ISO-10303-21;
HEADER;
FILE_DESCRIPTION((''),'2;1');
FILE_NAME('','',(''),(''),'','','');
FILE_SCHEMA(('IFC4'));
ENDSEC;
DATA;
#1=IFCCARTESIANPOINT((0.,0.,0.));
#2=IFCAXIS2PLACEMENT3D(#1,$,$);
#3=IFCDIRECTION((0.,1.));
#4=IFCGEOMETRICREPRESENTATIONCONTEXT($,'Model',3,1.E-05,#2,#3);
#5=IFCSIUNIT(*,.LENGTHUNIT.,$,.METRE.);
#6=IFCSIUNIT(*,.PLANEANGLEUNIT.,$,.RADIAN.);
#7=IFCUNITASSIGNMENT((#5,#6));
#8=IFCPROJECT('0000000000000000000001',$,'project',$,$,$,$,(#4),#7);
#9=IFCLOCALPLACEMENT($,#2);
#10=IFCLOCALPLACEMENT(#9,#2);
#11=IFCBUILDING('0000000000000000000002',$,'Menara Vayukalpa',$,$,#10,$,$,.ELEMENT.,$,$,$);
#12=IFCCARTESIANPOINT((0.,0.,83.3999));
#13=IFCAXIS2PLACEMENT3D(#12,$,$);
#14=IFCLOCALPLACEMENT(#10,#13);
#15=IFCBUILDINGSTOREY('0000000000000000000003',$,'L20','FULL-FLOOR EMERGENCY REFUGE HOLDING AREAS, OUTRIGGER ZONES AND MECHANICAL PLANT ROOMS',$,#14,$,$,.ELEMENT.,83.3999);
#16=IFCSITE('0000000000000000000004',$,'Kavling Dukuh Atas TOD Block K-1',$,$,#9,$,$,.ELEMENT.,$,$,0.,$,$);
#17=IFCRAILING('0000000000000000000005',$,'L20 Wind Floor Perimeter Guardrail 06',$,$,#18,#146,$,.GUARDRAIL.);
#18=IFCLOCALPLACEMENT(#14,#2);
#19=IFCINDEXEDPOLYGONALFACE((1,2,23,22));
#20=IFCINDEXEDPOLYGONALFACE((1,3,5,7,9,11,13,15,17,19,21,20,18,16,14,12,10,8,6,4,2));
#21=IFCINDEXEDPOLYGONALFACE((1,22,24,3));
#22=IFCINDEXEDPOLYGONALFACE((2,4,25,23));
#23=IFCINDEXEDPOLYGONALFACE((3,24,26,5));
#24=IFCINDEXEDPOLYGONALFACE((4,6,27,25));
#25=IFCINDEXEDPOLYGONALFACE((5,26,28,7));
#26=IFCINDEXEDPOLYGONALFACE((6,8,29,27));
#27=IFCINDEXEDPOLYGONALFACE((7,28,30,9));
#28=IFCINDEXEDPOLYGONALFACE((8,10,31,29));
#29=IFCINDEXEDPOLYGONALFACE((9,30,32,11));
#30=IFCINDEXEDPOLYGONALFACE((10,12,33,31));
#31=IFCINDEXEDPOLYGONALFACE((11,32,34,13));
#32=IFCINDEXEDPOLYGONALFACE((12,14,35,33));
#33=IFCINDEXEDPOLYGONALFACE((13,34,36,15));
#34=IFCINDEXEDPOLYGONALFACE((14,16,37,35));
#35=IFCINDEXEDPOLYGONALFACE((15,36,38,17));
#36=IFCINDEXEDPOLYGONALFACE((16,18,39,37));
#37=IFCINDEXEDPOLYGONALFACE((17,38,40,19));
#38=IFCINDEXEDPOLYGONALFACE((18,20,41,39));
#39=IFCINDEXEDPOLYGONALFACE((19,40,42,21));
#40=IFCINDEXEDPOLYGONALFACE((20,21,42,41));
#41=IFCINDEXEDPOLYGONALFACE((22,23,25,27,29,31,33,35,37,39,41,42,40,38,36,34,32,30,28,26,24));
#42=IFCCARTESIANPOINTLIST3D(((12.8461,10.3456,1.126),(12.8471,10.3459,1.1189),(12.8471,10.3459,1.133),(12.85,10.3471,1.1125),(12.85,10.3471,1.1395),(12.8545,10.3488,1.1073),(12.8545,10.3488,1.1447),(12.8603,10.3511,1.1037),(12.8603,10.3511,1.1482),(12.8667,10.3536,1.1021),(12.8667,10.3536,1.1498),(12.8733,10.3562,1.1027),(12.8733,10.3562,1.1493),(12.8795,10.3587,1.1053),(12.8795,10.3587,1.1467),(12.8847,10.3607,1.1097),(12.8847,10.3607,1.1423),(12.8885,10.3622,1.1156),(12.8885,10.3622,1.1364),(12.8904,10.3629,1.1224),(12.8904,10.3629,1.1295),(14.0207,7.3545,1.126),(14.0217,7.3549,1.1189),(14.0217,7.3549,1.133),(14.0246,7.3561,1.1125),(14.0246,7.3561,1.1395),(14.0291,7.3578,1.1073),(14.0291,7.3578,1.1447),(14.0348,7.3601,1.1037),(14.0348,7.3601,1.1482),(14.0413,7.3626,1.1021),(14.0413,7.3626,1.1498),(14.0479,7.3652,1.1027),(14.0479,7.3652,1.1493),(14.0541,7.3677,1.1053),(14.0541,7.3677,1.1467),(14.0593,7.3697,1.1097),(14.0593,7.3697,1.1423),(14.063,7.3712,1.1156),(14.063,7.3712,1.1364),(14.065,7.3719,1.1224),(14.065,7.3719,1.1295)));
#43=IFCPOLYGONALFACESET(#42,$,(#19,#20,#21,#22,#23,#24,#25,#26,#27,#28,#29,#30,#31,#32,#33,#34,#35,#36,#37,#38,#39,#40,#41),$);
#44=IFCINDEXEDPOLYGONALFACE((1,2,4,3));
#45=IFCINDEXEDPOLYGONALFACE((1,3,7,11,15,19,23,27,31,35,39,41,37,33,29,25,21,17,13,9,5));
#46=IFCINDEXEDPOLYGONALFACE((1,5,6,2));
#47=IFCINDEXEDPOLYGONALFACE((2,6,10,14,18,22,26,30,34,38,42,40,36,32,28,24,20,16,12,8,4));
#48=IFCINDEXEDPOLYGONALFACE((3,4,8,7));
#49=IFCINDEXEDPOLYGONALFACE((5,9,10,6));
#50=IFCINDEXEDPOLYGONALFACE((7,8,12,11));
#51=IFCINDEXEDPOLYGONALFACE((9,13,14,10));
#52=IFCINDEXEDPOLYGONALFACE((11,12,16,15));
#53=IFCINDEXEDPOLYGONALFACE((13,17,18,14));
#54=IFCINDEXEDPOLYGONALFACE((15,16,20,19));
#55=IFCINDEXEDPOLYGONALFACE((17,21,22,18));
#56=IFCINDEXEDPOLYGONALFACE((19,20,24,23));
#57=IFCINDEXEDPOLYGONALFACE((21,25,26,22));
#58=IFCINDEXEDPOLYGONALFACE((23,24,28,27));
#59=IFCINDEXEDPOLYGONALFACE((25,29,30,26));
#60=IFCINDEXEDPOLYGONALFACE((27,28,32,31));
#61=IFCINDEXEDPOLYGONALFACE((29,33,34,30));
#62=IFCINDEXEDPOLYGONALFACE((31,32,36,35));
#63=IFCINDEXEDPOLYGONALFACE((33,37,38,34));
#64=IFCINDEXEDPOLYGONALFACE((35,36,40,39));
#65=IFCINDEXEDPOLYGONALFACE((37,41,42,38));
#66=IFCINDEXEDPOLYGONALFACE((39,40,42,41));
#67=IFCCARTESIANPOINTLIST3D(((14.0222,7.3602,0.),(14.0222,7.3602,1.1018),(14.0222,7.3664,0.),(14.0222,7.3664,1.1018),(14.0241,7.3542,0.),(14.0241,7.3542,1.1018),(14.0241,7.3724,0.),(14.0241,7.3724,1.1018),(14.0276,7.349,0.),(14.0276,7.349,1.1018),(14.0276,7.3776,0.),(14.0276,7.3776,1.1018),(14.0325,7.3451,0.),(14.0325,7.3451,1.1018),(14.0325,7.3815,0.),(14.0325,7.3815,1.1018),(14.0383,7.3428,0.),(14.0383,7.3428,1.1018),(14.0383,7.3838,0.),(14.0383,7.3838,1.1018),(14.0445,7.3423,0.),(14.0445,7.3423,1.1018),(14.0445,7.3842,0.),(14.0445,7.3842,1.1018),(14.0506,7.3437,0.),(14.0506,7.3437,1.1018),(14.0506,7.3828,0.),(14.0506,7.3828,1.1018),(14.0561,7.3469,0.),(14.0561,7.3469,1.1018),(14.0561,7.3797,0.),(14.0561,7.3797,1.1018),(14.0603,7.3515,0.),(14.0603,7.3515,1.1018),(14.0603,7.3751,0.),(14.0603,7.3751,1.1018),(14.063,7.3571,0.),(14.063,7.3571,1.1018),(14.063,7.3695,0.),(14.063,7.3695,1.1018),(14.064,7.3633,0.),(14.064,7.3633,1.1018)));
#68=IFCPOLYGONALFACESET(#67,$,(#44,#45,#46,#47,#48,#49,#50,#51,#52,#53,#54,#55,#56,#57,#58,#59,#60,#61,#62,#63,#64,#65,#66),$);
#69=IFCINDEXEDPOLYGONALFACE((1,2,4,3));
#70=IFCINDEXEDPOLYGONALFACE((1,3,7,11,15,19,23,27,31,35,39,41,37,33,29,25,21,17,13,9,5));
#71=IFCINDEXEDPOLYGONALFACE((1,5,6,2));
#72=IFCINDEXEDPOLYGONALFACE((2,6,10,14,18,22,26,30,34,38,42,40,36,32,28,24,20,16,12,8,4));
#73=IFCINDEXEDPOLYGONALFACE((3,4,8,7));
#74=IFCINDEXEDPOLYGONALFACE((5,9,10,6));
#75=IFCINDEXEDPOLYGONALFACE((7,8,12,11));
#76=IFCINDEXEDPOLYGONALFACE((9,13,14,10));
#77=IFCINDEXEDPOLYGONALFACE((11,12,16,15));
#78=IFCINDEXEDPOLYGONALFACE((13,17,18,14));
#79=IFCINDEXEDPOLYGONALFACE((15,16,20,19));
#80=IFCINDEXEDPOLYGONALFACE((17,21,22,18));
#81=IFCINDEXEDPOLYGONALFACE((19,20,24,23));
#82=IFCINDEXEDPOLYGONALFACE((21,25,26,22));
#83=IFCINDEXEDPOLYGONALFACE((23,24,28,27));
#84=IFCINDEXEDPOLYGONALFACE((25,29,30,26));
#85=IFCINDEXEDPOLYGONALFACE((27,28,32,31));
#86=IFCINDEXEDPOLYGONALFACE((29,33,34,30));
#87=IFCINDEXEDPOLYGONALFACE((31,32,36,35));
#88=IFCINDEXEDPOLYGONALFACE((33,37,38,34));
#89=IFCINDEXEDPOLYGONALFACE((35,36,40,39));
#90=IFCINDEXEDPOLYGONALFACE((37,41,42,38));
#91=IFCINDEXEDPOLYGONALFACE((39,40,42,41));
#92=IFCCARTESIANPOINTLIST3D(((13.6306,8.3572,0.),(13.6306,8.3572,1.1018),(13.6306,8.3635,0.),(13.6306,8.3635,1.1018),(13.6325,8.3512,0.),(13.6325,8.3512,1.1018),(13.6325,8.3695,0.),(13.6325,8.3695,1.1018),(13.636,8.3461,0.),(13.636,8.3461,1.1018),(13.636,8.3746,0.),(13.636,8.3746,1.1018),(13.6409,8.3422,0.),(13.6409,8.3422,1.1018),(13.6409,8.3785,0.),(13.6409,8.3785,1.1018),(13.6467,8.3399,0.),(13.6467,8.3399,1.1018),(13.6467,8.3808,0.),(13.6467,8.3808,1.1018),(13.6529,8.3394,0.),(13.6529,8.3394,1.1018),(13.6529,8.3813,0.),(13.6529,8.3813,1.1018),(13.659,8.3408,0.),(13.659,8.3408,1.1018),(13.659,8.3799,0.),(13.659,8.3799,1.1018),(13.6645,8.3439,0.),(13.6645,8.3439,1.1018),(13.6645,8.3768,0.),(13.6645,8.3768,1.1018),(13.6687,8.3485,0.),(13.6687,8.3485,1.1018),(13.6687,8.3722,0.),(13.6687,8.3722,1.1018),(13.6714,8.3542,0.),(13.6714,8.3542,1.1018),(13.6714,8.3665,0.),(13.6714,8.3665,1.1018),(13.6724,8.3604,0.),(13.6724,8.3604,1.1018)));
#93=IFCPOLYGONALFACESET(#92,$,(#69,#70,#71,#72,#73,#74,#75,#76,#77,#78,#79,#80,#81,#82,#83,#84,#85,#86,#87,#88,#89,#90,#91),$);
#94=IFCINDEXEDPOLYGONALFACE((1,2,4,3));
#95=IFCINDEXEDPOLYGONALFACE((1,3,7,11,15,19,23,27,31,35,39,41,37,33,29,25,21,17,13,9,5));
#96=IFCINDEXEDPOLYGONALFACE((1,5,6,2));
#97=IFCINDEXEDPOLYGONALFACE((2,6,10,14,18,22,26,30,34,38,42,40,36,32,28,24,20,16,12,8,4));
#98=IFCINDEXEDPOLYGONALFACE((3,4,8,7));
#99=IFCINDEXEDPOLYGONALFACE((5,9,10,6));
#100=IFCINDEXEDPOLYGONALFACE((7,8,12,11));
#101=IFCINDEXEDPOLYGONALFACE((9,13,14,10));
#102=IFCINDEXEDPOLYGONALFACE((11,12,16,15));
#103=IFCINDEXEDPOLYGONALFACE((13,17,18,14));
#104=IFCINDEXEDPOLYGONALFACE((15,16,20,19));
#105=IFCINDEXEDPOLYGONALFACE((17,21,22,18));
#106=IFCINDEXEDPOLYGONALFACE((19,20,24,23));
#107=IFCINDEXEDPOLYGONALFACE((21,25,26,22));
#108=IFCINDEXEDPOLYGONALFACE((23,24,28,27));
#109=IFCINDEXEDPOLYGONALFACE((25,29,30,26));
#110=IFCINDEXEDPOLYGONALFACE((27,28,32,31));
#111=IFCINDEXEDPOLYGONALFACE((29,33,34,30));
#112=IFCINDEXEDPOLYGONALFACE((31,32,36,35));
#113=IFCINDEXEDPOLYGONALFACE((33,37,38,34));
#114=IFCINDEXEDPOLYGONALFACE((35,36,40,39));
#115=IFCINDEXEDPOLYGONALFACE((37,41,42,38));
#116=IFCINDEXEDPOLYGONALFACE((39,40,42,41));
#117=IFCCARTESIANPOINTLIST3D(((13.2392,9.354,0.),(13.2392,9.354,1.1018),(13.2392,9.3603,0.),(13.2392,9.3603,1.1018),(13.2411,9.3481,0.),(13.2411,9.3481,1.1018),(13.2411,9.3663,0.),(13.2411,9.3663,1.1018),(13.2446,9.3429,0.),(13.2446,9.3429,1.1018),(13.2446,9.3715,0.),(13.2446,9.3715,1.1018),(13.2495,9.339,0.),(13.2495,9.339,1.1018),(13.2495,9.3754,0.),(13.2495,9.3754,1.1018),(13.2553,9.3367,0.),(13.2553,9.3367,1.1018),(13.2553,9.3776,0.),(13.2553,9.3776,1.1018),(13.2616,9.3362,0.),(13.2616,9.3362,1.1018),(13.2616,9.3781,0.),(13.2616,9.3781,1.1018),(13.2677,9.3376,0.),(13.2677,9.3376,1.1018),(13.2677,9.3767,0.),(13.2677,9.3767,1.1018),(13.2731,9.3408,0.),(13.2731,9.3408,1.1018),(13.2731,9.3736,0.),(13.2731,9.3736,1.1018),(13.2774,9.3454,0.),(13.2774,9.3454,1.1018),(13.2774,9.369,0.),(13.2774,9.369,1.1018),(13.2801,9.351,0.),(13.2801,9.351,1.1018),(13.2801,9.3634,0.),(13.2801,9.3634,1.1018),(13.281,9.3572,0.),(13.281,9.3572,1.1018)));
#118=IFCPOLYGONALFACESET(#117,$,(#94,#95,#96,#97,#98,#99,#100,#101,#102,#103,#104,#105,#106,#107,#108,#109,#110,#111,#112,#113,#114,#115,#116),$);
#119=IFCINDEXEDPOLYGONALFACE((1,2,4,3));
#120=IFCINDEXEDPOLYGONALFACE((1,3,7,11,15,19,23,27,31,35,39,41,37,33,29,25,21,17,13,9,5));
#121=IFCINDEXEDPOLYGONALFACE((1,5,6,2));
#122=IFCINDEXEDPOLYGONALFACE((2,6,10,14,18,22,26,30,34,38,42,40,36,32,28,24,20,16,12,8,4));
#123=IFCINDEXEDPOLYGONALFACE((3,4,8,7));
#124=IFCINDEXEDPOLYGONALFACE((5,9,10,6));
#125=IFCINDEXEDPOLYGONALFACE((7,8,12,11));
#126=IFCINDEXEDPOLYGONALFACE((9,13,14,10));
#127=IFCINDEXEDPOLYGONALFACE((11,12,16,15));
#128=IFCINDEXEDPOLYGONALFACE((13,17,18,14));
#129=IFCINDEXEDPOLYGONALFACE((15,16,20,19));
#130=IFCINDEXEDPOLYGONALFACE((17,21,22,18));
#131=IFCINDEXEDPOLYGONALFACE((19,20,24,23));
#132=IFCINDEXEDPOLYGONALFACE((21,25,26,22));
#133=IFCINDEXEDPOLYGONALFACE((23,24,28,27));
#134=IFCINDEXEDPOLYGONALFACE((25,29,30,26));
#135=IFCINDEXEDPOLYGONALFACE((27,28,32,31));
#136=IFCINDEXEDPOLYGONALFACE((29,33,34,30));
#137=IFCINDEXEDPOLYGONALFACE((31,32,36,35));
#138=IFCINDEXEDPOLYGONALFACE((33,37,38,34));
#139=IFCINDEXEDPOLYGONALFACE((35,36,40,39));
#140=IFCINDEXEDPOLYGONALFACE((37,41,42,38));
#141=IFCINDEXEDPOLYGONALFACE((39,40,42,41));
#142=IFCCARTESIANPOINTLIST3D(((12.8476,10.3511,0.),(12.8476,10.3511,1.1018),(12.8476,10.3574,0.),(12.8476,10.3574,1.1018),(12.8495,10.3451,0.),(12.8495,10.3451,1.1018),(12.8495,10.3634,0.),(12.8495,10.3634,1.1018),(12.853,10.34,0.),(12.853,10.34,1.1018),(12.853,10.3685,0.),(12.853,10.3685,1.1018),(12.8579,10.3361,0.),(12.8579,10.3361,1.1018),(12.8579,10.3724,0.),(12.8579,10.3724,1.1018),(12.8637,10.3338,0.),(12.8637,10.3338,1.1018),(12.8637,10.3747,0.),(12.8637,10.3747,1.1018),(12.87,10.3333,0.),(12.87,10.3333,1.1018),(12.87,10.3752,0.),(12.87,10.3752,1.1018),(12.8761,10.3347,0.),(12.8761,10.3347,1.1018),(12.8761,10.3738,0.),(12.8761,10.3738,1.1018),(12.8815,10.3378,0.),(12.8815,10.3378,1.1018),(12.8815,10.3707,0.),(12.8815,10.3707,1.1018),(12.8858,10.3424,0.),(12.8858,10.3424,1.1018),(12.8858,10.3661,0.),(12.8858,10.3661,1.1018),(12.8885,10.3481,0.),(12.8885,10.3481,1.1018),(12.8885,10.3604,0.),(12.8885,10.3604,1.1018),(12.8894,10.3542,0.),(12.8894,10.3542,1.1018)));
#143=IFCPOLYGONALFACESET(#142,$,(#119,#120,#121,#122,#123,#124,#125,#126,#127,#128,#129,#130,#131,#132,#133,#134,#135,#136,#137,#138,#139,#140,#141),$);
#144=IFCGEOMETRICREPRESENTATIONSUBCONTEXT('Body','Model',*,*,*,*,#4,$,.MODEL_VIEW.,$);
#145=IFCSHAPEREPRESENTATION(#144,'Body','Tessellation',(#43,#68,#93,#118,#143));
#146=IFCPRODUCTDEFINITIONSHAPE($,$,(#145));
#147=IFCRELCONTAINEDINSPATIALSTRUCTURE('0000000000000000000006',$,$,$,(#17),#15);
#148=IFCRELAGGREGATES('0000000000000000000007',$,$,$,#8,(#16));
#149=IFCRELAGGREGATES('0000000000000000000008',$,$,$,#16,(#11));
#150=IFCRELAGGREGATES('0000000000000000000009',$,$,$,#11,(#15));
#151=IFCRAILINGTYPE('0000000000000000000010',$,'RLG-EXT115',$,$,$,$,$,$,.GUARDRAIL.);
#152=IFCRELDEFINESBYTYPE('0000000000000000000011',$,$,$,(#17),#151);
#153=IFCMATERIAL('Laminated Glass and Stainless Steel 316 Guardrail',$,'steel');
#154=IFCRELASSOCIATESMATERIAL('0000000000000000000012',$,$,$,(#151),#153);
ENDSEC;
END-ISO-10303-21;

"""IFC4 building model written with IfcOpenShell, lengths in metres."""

from ifc_helpers import new_model, si_unit, direction, frame, origin, origin_2d, place, context, subcontext, project, spatial, circle, extrude, material, type_object, element, save


model = new_model("IFC4")

# Units and contexts
model_context = context("Model", 3, precision=1e-05, world=origin(), true_north=direction((0.0, 1.0)))
body_context = subcontext(model_context, "Body", "Model", "MODEL_VIEW")
ifc_project = project(units=[si_unit("LENGTHUNIT", "METRE"), si_unit("PLANEANGLEUNIT", "RADIAN")], contexts=[model_context])

# Site, building, storey
site_placement = place(None, origin())
site = spatial("IfcSite", under=ifc_project, at=site_placement, Name="Kavling Dukuh Atas TOD Block K-1", CompositionType="ELEMENT", RefElevation=0.0)
building_placement = place(site_placement, origin())
building = spatial("IfcBuilding", under=site, at=building_placement, Name="Menara Vayukalpa", CompositionType="ELEMENT")
storey_placement = place(building_placement, frame((0.0, 0.0, 83.3999)))
storey = spatial("IfcBuildingStorey", under=building, at=storey_placement, Name="L20", Description="FULL-FLOOR EMERGENCY REFUGE HOLDING AREAS, OUTRIGGER ZONES AND MECHANICAL PLANT ROOMS", CompositionType="ELEMENT", Elevation=83.3999)

# Railing
ifc_material_1 = material(Name="Laminated Glass and Stainless Steel 316 Guardrail", Category="steel")
railing_type = type_object("IfcRailingType", Name="RLG-EXT115", PredefinedType="GUARDRAIL", material=ifc_material_1)
railing_1_placement = place(storey_placement, frame((14.043, 7.3633, 0.0)))
element("IfcRailing", 1, at=railing_1_placement, inside=storey, type_object=railing_type, Name="L20 Wind Floor Perimeter Guardrail 06", PredefinedType="GUARDRAIL", context=body_context, shape_type="SweptSolid", body=[
    extrude(circle(Radius=0.0239, at=origin_2d()), frame((0.0, 0.0, 1.126), z_axis=(-0.365528, 0.9308, 0.0), x_axis=(-0.9308, -0.365528, 0.0)), (0.0, 0.0, 1.0), 3.2134),
    extrude(circle(Radius=0.021, at=origin_2d()), origin(), (0.0, 0.0, 1.0), 1.1018),
    extrude(circle(Radius=0.021, at=origin_2d()), frame((-0.3916, 0.9971, 0.0)), (0.0, 0.0, 1.0), 1.1018),
    extrude(circle(Radius=0.021, at=origin_2d()), frame((-0.783, 1.9939, 0.0)), (0.0, 0.0, 1.0), 1.1018),
    extrude(circle(Radius=0.021, at=origin_2d()), frame((-1.1746, 2.991, 0.0)), (0.0, 0.0, 1.0), 1.1018),
])

save(model, "model.ifc")
